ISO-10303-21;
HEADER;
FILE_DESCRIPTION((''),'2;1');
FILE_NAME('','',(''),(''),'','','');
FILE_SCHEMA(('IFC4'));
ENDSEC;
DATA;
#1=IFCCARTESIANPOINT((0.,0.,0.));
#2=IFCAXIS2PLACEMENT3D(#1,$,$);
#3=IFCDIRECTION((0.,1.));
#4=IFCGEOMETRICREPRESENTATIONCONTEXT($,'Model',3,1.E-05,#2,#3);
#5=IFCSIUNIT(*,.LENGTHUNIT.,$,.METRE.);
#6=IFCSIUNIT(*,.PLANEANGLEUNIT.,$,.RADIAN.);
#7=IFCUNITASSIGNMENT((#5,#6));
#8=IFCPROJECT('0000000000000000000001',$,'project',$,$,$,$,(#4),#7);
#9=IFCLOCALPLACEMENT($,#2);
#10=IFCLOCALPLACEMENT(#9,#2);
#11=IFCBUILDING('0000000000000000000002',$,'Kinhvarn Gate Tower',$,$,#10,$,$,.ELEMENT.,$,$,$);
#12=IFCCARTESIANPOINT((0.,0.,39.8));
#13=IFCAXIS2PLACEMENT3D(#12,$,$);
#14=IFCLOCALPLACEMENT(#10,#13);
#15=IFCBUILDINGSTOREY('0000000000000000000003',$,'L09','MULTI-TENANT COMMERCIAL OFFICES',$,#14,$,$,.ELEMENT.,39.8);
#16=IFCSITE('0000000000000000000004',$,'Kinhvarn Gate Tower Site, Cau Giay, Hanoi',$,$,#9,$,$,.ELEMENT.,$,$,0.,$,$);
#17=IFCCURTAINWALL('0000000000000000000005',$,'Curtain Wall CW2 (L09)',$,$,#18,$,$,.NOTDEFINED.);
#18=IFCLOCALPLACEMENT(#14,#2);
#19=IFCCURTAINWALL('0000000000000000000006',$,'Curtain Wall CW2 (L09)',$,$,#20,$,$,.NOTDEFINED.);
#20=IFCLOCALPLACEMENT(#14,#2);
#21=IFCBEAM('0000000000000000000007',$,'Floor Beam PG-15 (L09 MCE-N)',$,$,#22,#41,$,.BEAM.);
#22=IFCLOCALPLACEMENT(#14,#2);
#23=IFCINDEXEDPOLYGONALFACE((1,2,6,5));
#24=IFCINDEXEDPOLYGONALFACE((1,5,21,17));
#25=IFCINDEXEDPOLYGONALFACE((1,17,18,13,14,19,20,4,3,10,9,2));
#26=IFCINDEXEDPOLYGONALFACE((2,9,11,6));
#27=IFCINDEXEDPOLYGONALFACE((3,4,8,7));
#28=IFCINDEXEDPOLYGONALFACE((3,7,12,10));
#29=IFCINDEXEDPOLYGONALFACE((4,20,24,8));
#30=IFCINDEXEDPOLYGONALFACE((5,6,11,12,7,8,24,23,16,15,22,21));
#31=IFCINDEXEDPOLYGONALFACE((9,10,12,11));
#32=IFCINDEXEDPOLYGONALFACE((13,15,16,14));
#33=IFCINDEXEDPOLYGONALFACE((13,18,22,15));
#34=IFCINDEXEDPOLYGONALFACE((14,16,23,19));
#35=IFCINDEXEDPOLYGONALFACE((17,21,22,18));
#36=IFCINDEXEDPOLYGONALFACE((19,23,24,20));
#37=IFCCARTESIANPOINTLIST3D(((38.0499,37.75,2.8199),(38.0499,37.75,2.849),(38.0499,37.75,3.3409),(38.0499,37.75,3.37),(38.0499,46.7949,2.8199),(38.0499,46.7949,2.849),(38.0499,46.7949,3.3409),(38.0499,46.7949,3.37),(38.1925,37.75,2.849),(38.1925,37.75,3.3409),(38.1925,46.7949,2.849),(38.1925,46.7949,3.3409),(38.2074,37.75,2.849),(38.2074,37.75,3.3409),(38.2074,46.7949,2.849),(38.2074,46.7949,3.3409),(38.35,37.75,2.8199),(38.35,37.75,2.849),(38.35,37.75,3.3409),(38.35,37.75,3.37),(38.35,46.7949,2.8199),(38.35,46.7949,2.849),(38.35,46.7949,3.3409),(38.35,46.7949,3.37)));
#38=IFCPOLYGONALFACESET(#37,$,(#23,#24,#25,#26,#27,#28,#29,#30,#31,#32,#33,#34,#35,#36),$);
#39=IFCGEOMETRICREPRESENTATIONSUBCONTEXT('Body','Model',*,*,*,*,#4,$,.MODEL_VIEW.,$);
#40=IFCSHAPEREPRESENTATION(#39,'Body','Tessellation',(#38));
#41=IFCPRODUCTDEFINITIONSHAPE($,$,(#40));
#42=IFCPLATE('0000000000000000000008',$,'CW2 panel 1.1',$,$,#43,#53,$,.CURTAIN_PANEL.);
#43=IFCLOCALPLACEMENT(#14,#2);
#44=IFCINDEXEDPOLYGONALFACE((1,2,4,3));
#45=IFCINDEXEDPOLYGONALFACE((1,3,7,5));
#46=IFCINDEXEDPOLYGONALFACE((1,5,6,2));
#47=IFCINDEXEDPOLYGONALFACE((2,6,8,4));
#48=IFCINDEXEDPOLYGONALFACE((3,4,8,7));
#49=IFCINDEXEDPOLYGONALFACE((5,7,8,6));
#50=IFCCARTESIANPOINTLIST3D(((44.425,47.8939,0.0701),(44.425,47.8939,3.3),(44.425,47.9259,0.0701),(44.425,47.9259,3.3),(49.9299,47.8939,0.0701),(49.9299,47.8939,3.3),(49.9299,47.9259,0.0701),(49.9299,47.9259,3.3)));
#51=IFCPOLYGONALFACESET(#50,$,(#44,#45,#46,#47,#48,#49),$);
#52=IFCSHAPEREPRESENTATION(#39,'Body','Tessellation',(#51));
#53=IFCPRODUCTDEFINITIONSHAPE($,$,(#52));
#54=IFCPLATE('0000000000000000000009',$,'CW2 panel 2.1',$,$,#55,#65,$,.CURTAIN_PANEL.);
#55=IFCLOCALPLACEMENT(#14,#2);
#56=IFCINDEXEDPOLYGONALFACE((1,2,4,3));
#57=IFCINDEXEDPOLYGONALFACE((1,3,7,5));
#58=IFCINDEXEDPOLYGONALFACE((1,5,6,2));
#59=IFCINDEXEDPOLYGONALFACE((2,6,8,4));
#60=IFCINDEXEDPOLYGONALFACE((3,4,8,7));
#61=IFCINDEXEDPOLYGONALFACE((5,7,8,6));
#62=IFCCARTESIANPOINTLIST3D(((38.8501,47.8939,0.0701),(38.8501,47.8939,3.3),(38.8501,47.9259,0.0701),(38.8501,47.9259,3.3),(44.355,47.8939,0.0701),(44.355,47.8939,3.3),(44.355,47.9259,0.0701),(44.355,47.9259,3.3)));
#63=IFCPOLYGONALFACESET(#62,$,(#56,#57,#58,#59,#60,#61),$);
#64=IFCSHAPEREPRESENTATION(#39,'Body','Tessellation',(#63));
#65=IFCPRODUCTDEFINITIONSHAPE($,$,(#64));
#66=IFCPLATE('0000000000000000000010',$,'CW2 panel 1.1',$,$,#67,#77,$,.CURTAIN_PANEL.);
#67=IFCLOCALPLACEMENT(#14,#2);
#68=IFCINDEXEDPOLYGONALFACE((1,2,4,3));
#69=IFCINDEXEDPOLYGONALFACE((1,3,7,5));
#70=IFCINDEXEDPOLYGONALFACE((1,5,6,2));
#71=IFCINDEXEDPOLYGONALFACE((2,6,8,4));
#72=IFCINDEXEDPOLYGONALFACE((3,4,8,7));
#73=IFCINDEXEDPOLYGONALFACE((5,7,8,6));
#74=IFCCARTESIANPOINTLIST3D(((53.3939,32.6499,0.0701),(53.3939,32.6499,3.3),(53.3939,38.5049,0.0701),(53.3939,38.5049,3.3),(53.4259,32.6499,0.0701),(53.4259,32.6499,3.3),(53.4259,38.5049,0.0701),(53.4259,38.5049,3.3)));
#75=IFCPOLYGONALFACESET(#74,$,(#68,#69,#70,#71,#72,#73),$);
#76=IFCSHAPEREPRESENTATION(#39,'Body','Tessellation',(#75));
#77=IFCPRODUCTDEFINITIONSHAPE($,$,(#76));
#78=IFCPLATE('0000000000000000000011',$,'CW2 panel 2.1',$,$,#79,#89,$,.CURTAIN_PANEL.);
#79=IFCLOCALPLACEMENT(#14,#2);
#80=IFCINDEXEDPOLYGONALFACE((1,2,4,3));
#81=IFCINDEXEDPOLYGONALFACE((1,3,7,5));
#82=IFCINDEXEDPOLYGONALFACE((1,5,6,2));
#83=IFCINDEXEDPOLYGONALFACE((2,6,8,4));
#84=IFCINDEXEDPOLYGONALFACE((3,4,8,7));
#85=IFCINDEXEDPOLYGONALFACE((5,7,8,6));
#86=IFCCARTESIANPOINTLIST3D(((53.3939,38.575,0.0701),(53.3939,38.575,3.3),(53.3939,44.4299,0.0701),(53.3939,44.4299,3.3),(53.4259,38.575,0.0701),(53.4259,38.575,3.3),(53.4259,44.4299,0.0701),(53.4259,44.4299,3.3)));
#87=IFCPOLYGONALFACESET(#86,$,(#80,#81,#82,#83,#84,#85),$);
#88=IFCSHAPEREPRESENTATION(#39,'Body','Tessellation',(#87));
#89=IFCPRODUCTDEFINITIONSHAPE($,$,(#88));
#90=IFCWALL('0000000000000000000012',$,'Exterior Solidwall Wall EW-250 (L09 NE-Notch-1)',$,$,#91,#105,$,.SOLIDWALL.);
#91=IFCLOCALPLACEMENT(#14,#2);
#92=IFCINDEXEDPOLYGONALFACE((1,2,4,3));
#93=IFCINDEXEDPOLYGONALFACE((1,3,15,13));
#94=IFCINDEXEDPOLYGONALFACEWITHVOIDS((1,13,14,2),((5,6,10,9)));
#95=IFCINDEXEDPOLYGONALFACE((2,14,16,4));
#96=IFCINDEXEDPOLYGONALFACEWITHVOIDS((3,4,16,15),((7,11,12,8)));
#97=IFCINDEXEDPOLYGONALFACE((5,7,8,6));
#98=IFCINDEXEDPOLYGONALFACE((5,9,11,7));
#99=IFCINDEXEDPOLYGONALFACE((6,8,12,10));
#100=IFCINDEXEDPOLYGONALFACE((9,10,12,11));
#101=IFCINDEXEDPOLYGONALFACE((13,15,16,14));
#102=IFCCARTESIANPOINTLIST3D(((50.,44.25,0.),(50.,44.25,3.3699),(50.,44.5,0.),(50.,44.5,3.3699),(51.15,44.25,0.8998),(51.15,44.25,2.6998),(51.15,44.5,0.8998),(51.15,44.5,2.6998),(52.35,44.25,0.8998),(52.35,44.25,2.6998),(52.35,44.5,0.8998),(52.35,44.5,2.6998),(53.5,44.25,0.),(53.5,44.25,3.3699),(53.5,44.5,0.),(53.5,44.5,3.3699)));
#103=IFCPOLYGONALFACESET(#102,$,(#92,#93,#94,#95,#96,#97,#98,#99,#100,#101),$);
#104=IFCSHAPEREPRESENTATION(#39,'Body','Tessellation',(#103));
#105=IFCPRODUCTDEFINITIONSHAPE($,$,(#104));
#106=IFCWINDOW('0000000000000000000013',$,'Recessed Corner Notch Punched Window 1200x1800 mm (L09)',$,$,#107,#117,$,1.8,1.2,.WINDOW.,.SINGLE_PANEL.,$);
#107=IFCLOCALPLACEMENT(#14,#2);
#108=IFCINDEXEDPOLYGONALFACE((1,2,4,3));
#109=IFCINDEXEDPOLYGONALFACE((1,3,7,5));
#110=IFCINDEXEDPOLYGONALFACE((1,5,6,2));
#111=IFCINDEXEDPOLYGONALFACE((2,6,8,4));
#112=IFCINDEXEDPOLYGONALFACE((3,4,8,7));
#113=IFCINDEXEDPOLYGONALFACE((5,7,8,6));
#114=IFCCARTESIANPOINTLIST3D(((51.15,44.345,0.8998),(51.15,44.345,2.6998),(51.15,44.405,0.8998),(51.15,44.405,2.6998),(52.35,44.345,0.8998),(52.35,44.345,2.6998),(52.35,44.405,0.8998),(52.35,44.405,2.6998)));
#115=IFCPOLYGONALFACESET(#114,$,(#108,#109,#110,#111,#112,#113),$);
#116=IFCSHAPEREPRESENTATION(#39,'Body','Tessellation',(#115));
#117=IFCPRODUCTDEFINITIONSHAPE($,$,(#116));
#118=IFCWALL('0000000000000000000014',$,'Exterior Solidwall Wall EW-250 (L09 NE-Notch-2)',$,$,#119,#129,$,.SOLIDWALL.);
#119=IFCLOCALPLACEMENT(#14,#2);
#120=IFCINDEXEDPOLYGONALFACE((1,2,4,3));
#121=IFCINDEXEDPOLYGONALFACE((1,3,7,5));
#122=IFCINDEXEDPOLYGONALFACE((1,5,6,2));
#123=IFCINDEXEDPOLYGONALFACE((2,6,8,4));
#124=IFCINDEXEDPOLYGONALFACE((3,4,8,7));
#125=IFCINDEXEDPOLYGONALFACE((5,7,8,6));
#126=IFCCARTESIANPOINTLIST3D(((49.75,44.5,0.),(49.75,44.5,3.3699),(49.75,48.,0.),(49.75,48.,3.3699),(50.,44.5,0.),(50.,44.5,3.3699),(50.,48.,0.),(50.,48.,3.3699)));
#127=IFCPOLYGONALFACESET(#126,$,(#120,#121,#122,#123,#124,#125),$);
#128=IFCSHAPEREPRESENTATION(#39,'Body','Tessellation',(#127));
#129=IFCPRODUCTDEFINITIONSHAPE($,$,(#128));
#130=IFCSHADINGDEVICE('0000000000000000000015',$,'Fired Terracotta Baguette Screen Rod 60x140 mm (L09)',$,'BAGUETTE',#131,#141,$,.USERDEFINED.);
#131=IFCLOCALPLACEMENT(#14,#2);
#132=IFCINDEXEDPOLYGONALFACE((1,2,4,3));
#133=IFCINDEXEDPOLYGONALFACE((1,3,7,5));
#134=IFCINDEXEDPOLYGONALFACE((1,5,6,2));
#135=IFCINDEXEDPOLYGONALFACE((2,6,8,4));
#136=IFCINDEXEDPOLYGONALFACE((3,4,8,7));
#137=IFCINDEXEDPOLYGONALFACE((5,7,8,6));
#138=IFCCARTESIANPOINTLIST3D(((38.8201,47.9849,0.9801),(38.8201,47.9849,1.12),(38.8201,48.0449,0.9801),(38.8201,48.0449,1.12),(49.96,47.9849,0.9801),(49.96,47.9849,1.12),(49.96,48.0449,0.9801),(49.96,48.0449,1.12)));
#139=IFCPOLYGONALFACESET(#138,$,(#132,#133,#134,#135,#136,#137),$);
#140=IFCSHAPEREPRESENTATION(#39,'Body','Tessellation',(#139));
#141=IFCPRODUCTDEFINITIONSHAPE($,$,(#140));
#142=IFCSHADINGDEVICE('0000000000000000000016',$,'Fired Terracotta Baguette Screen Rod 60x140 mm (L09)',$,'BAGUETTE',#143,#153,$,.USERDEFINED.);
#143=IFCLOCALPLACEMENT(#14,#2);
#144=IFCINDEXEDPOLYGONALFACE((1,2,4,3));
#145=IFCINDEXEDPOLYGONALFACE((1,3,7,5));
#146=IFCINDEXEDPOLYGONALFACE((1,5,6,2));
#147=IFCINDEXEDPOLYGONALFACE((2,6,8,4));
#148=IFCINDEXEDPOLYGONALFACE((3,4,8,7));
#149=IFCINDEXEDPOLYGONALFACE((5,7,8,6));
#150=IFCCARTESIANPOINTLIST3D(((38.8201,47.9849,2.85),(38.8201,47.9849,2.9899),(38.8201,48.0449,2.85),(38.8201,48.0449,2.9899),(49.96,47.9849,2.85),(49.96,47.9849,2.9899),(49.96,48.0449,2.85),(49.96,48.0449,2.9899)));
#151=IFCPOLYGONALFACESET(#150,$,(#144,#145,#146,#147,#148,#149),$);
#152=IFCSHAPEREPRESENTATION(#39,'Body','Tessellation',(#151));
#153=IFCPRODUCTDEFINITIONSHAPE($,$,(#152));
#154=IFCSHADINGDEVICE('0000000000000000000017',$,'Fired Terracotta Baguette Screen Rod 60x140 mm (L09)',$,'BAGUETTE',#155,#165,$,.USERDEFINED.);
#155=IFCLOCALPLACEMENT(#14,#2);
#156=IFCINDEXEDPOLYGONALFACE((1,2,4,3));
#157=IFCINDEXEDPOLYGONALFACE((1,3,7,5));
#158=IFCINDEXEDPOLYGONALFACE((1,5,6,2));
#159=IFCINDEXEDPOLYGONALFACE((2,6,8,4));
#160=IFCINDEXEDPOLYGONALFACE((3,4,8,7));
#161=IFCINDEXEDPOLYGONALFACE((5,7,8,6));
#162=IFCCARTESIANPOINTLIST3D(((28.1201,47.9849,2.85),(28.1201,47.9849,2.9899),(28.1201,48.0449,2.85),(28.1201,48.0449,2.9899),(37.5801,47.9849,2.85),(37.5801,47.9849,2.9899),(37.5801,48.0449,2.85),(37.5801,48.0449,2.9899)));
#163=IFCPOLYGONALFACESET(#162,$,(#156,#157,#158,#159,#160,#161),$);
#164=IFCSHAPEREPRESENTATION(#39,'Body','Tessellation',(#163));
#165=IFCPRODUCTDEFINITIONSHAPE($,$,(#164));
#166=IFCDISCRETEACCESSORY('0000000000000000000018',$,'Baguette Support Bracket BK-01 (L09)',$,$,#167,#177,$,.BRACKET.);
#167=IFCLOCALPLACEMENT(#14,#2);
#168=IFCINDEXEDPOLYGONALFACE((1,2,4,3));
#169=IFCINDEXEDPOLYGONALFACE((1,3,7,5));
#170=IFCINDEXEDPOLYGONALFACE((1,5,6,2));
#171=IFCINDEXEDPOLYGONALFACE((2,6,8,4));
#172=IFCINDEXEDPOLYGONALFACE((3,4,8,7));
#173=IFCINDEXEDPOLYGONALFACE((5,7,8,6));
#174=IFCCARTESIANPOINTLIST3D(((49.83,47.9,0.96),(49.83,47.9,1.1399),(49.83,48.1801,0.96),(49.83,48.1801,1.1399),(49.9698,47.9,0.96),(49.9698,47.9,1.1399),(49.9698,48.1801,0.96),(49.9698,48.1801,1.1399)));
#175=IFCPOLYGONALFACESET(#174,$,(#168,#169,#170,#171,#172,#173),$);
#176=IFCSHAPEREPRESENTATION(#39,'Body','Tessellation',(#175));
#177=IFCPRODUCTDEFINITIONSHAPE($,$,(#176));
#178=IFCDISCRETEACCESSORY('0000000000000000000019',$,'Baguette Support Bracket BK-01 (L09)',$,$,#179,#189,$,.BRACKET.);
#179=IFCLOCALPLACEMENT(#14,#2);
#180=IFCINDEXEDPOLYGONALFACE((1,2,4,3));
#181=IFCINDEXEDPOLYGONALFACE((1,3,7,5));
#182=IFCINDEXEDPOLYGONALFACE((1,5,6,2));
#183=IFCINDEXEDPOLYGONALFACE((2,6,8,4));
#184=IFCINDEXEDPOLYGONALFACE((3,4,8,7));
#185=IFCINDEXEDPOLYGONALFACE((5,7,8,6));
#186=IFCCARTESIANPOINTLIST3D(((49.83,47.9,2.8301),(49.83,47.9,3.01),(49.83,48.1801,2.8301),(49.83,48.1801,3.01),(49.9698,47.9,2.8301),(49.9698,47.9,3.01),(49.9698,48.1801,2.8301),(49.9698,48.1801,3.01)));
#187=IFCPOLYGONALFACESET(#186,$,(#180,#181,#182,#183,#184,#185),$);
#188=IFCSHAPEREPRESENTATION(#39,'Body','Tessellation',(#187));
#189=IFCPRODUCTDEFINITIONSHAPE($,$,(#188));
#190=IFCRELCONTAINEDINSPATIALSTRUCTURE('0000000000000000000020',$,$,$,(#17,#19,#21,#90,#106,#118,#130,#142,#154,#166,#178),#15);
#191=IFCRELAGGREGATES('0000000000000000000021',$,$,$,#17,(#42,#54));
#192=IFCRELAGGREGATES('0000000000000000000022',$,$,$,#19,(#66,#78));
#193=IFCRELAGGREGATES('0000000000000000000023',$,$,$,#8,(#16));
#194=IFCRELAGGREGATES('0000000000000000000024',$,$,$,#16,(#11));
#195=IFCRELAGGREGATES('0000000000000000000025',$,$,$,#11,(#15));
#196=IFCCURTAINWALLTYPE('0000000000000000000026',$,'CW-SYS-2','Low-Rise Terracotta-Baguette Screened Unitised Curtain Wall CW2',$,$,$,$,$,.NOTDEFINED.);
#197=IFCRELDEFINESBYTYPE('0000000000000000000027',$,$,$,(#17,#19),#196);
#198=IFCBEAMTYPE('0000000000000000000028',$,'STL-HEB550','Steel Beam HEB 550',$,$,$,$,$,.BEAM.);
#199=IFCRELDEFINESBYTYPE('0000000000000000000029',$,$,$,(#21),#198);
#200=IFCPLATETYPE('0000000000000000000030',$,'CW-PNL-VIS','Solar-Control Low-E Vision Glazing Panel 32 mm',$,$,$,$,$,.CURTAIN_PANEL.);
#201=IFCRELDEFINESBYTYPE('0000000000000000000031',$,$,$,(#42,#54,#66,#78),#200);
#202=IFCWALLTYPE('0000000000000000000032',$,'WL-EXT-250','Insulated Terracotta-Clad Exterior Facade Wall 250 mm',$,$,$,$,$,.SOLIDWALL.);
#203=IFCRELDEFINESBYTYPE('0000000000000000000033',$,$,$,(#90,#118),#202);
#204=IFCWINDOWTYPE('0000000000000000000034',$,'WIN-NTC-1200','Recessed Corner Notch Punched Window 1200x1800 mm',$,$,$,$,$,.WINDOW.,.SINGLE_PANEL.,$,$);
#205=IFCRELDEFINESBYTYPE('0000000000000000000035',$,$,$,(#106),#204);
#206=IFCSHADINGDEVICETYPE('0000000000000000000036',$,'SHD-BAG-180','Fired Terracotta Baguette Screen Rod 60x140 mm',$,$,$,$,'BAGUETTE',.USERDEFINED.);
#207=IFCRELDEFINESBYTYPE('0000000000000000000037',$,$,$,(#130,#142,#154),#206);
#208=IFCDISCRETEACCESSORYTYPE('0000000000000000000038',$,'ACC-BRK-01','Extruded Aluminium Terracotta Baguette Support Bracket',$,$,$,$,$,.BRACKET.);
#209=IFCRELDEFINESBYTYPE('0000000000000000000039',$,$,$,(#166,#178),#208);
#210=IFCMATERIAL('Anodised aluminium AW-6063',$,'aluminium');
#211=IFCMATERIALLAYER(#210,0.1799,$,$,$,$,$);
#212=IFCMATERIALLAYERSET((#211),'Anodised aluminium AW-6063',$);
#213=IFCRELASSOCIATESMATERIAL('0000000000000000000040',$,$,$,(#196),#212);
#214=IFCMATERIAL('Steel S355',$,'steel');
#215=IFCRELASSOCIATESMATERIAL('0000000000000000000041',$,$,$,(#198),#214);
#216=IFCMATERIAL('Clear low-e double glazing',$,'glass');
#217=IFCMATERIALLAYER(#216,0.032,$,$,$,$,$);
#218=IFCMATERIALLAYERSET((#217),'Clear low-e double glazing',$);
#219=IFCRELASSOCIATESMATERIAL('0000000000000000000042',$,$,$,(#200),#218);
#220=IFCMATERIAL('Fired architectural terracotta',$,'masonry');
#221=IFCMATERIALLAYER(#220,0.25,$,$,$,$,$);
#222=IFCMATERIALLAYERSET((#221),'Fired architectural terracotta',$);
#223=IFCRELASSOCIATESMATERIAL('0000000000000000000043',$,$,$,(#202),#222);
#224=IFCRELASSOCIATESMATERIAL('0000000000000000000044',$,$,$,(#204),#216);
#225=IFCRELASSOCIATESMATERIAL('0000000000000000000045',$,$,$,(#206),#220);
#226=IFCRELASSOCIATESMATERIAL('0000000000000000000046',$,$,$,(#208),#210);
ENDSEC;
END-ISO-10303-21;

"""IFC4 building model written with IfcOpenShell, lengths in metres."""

from ifc_helpers import new_model, si_unit, direction, frame, frame_2d, origin, origin_2d, place, context, subcontext, project, spatial, rectangle, i_section, extrude, material, layer, layer_set, material_profile, profile_set, type_object, element, fill, aggregate, save


model = new_model("IFC4")

# Units and contexts
model_context = context("Model", 3, precision=1e-05, world=origin(), true_north=direction((0.0, 1.0)))
body_context = subcontext(model_context, "Body", "Model", "MODEL_VIEW")
ifc_project = project(units=[si_unit("LENGTHUNIT", "METRE"), si_unit("PLANEANGLEUNIT", "RADIAN")], contexts=[model_context])

# Site, building, storey
site_placement = place(None, origin())
site = spatial("IfcSite", under=ifc_project, at=site_placement, Name="Kinhvarn Gate Tower Site, Cau Giay, Hanoi", CompositionType="ELEMENT", RefElevation=0.0)
building_placement = place(site_placement, origin())
building = spatial("IfcBuilding", under=site, at=building_placement, Name="Kinhvarn Gate Tower", CompositionType="ELEMENT")
storey_placement = place(building_placement, frame((0.0, 0.0, 39.8)))
storey = spatial("IfcBuildingStorey", under=building, at=storey_placement, Name="L09", Description="MULTI-TENANT COMMERCIAL OFFICES", CompositionType="ELEMENT", Elevation=39.8)

# Curtain wall
ifc_material_1 = material(Name="Anodised aluminium AW-6063", Category="aluminium")
ifc_layer_1 = layer(ifc_material_1, 0.1799)
ifc_layer_set_1 = layer_set([ifc_layer_1], Name="Anodised aluminium AW-6063")
curtain_wall_type = type_object("IfcCurtainWallType", Name="CW-SYS-2", Description="Low-Rise Terracotta-Baguette Screened Unitised Curtain Wall CW2", PredefinedType="NOTDEFINED", material=ifc_layer_set_1)
curtain_wall_1_placement = place(storey_placement, origin())
curtain_wall_1 = element("IfcCurtainWall", 1, at=curtain_wall_1_placement, inside=storey, type_object=curtain_wall_type, Name="Curtain Wall CW2 (L09)", PredefinedType="NOTDEFINED")

# Curtain wall
curtain_wall_2_placement = place(storey_placement, origin())
curtain_wall_2 = element("IfcCurtainWall", 2, at=curtain_wall_2_placement, inside=storey, type_object=curtain_wall_type, Name="Curtain Wall CW2 (L09)", PredefinedType="NOTDEFINED")

# Beam
ifc_material_2 = material(Name="Steel S355", Category="steel")
ifc_material_profile_1 = material_profile(ifc_material_2, i_section(OverallWidth=0.3, OverallDepth=0.55, WebThickness=0.0149, FlangeThickness=0.0291, at=origin_2d()), Name="HEB 550")
ifc_profile_set_1 = profile_set([ifc_material_profile_1], Name="Steel S355")
beam_type = type_object("IfcBeamType", Name="STL-HEB550", Description="Steel Beam HEB 550", PredefinedType="BEAM", material=ifc_profile_set_1)
beam_placement = place(storey_placement, frame((38.2, 37.75, 3.095), z_axis=(0.0, 1.0, 0.0), x_axis=(-1.0, 0.0, 0.0)))
element("IfcBeam", 3, at=beam_placement, inside=storey, type_object=beam_type, Name="Floor Beam PG-15 (L09 MCE-N)", PredefinedType="BEAM", context=body_context, shape_type="SweptSolid", body=[
    extrude(i_section(OverallWidth=0.3, OverallDepth=0.55, WebThickness=0.0149, FlangeThickness=0.0291, at=origin_2d()), origin(), (0.0, 0.0, 1.0), 9.0449),
])

# Plates
ifc_material_3 = material(Name="Clear low-e double glazing", Category="glass")
ifc_layer_2 = layer(ifc_material_3, 0.032)
ifc_layer_set_2 = layer_set([ifc_layer_2], Name="Clear low-e double glazing")
plate_type = type_object("IfcPlateType", Name="CW-PNL-VIS", Description="Solar-Control Low-E Vision Glazing Panel 32 mm", PredefinedType="CURTAIN_PANEL", material=ifc_layer_set_2)
plate_1_placement = place(storey_placement, frame((47.1775, 47.9099, 0.0701), z_axis=(0.0, 0.0, 1.0), x_axis=(-1.0, 0.0, 0.0)))
plate_1 = element("IfcPlate", 4, at=plate_1_placement, type_object=plate_type, Name="CW2 panel 1.1", PredefinedType="CURTAIN_PANEL", context=body_context, shape_type="SweptSolid", body=[
    extrude(rectangle(XDim=5.5049, YDim=0.032, at=origin_2d()), origin(), (0.0, 0.0, 1.0), 3.23),
])
plate_2_placement = place(storey_placement, frame((41.6025, 47.9099, 0.0701), z_axis=(0.0, 0.0, 1.0), x_axis=(-1.0, 0.0, 0.0)))
plate_2 = element("IfcPlate", 5, at=plate_2_placement, type_object=plate_type, Name="CW2 panel 2.1", PredefinedType="CURTAIN_PANEL", context=body_context, shape_type="SweptSolid", body=[
    extrude(rectangle(XDim=5.5049, YDim=0.032, at=origin_2d()), origin(), (0.0, 0.0, 1.0), 3.23),
])
aggregate(curtain_wall_1, [plate_1, plate_2])
plate_3_placement = place(storey_placement, frame((53.4099, 35.5774, 0.0701), z_axis=(0.0, 0.0, 1.0), x_axis=(0.0, 1.0, 0.0)))
plate_3 = element("IfcPlate", 6, at=plate_3_placement, type_object=plate_type, Name="CW2 panel 1.1", PredefinedType="CURTAIN_PANEL", context=body_context, shape_type="SweptSolid", body=[
    extrude(rectangle(XDim=5.855, YDim=0.032, at=origin_2d()), origin(), (0.0, 0.0, 1.0), 3.23),
])
plate_4_placement = place(storey_placement, frame((53.4099, 41.5024, 0.0701), z_axis=(0.0, 0.0, 1.0), x_axis=(0.0, 1.0, 0.0)))
plate_4 = element("IfcPlate", 7, at=plate_4_placement, type_object=plate_type, Name="CW2 panel 2.1", PredefinedType="CURTAIN_PANEL", context=body_context, shape_type="SweptSolid", body=[
    extrude(rectangle(XDim=5.855, YDim=0.032, at=origin_2d()), origin(), (0.0, 0.0, 1.0), 3.23),
])
aggregate(curtain_wall_2, [plate_3, plate_4])

# Wall, opening, window
ifc_material_4 = material(Name="Fired architectural terracotta", Category="masonry")
ifc_layer_3 = layer(ifc_material_4, 0.25)
ifc_layer_set_3 = layer_set([ifc_layer_3], Name="Fired architectural terracotta")
wall_type = type_object("IfcWallType", Name="WL-EXT-250", Description="Insulated Terracotta-Clad Exterior Facade Wall 250 mm", PredefinedType="SOLIDWALL", material=ifc_layer_set_3)
wall_1_placement = place(storey_placement, frame((53.5, 44.375, 0.0), z_axis=(0.0, 0.0, 1.0), x_axis=(-1.0, 0.0, 0.0)))
wall_1 = element("IfcWall", 8, at=wall_1_placement, inside=storey, type_object=wall_type, Name="Exterior Solidwall Wall EW-250 (L09 NE-Notch-1)", PredefinedType="SOLIDWALL", context=body_context, shape_type="SweptSolid", body=[
    extrude(rectangle(XDim=3.5, YDim=0.25, at=frame_2d((1.75, 0.0))), origin(), (0.0, 0.0, 1.0), 3.3699),
])
opening_placement = place(wall_1_placement, frame((1.1499, 0.0, 0.8999)))
opening = element("IfcOpeningElement", 9, at=opening_placement, cuts=wall_1, PredefinedType="OPENING", context=body_context, shape_type="SweptSolid", body=[
    extrude(rectangle(XDim=1.2, YDim=1.8, at=frame_2d((0.6001, 0.8999))), frame((0.0, 0.135, 0.0), z_axis=(0.0, -1.0, 0.0), x_axis=(1.0, 0.0, 0.0)), (0.0, 0.0, 1.0), 0.27),
])
window_type = type_object("IfcWindowType", Name="WIN-NTC-1200", Description="Recessed Corner Notch Punched Window 1200x1800 mm", PartitioningType="SINGLE_PANEL", PredefinedType="WINDOW", material=ifc_material_3)
window_placement = place(opening_placement, origin())
window = element("IfcWindow", 10, at=window_placement, inside=storey, type_object=window_type, Name="Recessed Corner Notch Punched Window 1200x1800 mm (L09)", OverallHeight=1.8, OverallWidth=1.2, PartitioningType="SINGLE_PANEL", PredefinedType="WINDOW", context=body_context, shape_type="SweptSolid", body=[
    extrude(rectangle(XDim=1.2, YDim=1.8, at=frame_2d((0.6001, 0.8999))), frame((0.0, 0.03, 0.0), z_axis=(0.0, -1.0, 0.0), x_axis=(1.0, 0.0, 0.0)), (0.0, 0.0, 1.0), 0.0601),
])
fill(opening, window)

# Wall
wall_2_placement = place(storey_placement, frame((49.875, 44.5, 0.0), z_axis=(0.0, 0.0, 1.0), x_axis=(0.0, 1.0, 0.0)))
element("IfcWall", 11, at=wall_2_placement, inside=storey, type_object=wall_type, Name="Exterior Solidwall Wall EW-250 (L09 NE-Notch-2)", PredefinedType="SOLIDWALL", context=body_context, shape_type="SweptSolid", body=[
    extrude(rectangle(XDim=3.5, YDim=0.25, at=frame_2d((1.75, 0.0))), origin(), (0.0, 0.0, 1.0), 3.3699),
])

# Shading devices
ifc_material_profile_2 = material_profile(ifc_material_4, rectangle(XDim=0.0601, YDim=0.1399, at=origin_2d()), Name="TC 60x140")
ifc_profile_set_2 = profile_set([ifc_material_profile_2], Name="Fired architectural terracotta")
shading_device_type = type_object("IfcShadingDeviceType", Name="SHD-BAG-180", Description="Fired Terracotta Baguette Screen Rod 60x140 mm", ElementType="BAGUETTE", PredefinedType="USERDEFINED", material=ifc_profile_set_2)
for number, where, z_axis, x_axis, name in (
    (12, (49.96, 48.0149, 1.05), (-1.0, 0.0, 0.0), (0.0, -1.0, 0.0), "Fired Terracotta Baguette Screen Rod 60x140 mm (L09)"),
    (13, (49.96, 48.0149, 2.9199), (-1.0, 0.0, 0.0), (0.0, -1.0, 0.0), "Fired Terracotta Baguette Screen Rod 60x140 mm (L09)"),
):
    element("IfcShadingDevice", number, at=place(storey_placement, frame(where, z_axis=z_axis, x_axis=x_axis)), inside=storey, type_object=shading_device_type, Name=name, ObjectType="BAGUETTE", PredefinedType="USERDEFINED", context=body_context, shape_type="SweptSolid", body=[
        extrude(rectangle(XDim=0.0601, YDim=0.1399, at=origin_2d()), origin(), (0.0, 0.0, 1.0), 11.1399),
    ])
shading_device_placement = place(storey_placement, frame((37.5801, 48.0149, 2.9199), z_axis=(-1.0, 0.0, 0.0), x_axis=(0.0, -1.0, 0.0)))
element("IfcShadingDevice", 14, at=shading_device_placement, inside=storey, type_object=shading_device_type, Name="Fired Terracotta Baguette Screen Rod 60x140 mm (L09)", ObjectType="BAGUETTE", PredefinedType="USERDEFINED", context=body_context, shape_type="SweptSolid", body=[
    extrude(rectangle(XDim=0.0601, YDim=0.1399, at=origin_2d()), origin(), (0.0, 0.0, 1.0), 9.46),
])

# Discrete accessories
discrete_accessory_type = type_object("IfcDiscreteAccessoryType", Name="ACC-BRK-01", Description="Extruded Aluminium Terracotta Baguette Support Bracket", PredefinedType="BRACKET", material=ifc_material_1)
for number, where, z_axis, x_axis, name in (
    (15, (49.8999, 48.04, 0.96), (0.0, 0.0, 1.0), (-1.0, 0.0, 0.0), "Baguette Support Bracket BK-01 (L09)"),
    (16, (49.8999, 48.04, 2.8301), (0.0, 0.0, 1.0), (-1.0, 0.0, 0.0), "Baguette Support Bracket BK-01 (L09)"),
):
    element("IfcDiscreteAccessory", number, at=place(storey_placement, frame(where, z_axis=z_axis, x_axis=x_axis)), inside=storey, type_object=discrete_accessory_type, Name=name, PredefinedType="BRACKET", context=body_context, shape_type="SweptSolid", body=[
        extrude(rectangle(XDim=0.1399, YDim=0.28, at=origin_2d()), origin(), (0.0, 0.0, 1.0), 0.1799),
    ])

save(model, "model.ifc")
